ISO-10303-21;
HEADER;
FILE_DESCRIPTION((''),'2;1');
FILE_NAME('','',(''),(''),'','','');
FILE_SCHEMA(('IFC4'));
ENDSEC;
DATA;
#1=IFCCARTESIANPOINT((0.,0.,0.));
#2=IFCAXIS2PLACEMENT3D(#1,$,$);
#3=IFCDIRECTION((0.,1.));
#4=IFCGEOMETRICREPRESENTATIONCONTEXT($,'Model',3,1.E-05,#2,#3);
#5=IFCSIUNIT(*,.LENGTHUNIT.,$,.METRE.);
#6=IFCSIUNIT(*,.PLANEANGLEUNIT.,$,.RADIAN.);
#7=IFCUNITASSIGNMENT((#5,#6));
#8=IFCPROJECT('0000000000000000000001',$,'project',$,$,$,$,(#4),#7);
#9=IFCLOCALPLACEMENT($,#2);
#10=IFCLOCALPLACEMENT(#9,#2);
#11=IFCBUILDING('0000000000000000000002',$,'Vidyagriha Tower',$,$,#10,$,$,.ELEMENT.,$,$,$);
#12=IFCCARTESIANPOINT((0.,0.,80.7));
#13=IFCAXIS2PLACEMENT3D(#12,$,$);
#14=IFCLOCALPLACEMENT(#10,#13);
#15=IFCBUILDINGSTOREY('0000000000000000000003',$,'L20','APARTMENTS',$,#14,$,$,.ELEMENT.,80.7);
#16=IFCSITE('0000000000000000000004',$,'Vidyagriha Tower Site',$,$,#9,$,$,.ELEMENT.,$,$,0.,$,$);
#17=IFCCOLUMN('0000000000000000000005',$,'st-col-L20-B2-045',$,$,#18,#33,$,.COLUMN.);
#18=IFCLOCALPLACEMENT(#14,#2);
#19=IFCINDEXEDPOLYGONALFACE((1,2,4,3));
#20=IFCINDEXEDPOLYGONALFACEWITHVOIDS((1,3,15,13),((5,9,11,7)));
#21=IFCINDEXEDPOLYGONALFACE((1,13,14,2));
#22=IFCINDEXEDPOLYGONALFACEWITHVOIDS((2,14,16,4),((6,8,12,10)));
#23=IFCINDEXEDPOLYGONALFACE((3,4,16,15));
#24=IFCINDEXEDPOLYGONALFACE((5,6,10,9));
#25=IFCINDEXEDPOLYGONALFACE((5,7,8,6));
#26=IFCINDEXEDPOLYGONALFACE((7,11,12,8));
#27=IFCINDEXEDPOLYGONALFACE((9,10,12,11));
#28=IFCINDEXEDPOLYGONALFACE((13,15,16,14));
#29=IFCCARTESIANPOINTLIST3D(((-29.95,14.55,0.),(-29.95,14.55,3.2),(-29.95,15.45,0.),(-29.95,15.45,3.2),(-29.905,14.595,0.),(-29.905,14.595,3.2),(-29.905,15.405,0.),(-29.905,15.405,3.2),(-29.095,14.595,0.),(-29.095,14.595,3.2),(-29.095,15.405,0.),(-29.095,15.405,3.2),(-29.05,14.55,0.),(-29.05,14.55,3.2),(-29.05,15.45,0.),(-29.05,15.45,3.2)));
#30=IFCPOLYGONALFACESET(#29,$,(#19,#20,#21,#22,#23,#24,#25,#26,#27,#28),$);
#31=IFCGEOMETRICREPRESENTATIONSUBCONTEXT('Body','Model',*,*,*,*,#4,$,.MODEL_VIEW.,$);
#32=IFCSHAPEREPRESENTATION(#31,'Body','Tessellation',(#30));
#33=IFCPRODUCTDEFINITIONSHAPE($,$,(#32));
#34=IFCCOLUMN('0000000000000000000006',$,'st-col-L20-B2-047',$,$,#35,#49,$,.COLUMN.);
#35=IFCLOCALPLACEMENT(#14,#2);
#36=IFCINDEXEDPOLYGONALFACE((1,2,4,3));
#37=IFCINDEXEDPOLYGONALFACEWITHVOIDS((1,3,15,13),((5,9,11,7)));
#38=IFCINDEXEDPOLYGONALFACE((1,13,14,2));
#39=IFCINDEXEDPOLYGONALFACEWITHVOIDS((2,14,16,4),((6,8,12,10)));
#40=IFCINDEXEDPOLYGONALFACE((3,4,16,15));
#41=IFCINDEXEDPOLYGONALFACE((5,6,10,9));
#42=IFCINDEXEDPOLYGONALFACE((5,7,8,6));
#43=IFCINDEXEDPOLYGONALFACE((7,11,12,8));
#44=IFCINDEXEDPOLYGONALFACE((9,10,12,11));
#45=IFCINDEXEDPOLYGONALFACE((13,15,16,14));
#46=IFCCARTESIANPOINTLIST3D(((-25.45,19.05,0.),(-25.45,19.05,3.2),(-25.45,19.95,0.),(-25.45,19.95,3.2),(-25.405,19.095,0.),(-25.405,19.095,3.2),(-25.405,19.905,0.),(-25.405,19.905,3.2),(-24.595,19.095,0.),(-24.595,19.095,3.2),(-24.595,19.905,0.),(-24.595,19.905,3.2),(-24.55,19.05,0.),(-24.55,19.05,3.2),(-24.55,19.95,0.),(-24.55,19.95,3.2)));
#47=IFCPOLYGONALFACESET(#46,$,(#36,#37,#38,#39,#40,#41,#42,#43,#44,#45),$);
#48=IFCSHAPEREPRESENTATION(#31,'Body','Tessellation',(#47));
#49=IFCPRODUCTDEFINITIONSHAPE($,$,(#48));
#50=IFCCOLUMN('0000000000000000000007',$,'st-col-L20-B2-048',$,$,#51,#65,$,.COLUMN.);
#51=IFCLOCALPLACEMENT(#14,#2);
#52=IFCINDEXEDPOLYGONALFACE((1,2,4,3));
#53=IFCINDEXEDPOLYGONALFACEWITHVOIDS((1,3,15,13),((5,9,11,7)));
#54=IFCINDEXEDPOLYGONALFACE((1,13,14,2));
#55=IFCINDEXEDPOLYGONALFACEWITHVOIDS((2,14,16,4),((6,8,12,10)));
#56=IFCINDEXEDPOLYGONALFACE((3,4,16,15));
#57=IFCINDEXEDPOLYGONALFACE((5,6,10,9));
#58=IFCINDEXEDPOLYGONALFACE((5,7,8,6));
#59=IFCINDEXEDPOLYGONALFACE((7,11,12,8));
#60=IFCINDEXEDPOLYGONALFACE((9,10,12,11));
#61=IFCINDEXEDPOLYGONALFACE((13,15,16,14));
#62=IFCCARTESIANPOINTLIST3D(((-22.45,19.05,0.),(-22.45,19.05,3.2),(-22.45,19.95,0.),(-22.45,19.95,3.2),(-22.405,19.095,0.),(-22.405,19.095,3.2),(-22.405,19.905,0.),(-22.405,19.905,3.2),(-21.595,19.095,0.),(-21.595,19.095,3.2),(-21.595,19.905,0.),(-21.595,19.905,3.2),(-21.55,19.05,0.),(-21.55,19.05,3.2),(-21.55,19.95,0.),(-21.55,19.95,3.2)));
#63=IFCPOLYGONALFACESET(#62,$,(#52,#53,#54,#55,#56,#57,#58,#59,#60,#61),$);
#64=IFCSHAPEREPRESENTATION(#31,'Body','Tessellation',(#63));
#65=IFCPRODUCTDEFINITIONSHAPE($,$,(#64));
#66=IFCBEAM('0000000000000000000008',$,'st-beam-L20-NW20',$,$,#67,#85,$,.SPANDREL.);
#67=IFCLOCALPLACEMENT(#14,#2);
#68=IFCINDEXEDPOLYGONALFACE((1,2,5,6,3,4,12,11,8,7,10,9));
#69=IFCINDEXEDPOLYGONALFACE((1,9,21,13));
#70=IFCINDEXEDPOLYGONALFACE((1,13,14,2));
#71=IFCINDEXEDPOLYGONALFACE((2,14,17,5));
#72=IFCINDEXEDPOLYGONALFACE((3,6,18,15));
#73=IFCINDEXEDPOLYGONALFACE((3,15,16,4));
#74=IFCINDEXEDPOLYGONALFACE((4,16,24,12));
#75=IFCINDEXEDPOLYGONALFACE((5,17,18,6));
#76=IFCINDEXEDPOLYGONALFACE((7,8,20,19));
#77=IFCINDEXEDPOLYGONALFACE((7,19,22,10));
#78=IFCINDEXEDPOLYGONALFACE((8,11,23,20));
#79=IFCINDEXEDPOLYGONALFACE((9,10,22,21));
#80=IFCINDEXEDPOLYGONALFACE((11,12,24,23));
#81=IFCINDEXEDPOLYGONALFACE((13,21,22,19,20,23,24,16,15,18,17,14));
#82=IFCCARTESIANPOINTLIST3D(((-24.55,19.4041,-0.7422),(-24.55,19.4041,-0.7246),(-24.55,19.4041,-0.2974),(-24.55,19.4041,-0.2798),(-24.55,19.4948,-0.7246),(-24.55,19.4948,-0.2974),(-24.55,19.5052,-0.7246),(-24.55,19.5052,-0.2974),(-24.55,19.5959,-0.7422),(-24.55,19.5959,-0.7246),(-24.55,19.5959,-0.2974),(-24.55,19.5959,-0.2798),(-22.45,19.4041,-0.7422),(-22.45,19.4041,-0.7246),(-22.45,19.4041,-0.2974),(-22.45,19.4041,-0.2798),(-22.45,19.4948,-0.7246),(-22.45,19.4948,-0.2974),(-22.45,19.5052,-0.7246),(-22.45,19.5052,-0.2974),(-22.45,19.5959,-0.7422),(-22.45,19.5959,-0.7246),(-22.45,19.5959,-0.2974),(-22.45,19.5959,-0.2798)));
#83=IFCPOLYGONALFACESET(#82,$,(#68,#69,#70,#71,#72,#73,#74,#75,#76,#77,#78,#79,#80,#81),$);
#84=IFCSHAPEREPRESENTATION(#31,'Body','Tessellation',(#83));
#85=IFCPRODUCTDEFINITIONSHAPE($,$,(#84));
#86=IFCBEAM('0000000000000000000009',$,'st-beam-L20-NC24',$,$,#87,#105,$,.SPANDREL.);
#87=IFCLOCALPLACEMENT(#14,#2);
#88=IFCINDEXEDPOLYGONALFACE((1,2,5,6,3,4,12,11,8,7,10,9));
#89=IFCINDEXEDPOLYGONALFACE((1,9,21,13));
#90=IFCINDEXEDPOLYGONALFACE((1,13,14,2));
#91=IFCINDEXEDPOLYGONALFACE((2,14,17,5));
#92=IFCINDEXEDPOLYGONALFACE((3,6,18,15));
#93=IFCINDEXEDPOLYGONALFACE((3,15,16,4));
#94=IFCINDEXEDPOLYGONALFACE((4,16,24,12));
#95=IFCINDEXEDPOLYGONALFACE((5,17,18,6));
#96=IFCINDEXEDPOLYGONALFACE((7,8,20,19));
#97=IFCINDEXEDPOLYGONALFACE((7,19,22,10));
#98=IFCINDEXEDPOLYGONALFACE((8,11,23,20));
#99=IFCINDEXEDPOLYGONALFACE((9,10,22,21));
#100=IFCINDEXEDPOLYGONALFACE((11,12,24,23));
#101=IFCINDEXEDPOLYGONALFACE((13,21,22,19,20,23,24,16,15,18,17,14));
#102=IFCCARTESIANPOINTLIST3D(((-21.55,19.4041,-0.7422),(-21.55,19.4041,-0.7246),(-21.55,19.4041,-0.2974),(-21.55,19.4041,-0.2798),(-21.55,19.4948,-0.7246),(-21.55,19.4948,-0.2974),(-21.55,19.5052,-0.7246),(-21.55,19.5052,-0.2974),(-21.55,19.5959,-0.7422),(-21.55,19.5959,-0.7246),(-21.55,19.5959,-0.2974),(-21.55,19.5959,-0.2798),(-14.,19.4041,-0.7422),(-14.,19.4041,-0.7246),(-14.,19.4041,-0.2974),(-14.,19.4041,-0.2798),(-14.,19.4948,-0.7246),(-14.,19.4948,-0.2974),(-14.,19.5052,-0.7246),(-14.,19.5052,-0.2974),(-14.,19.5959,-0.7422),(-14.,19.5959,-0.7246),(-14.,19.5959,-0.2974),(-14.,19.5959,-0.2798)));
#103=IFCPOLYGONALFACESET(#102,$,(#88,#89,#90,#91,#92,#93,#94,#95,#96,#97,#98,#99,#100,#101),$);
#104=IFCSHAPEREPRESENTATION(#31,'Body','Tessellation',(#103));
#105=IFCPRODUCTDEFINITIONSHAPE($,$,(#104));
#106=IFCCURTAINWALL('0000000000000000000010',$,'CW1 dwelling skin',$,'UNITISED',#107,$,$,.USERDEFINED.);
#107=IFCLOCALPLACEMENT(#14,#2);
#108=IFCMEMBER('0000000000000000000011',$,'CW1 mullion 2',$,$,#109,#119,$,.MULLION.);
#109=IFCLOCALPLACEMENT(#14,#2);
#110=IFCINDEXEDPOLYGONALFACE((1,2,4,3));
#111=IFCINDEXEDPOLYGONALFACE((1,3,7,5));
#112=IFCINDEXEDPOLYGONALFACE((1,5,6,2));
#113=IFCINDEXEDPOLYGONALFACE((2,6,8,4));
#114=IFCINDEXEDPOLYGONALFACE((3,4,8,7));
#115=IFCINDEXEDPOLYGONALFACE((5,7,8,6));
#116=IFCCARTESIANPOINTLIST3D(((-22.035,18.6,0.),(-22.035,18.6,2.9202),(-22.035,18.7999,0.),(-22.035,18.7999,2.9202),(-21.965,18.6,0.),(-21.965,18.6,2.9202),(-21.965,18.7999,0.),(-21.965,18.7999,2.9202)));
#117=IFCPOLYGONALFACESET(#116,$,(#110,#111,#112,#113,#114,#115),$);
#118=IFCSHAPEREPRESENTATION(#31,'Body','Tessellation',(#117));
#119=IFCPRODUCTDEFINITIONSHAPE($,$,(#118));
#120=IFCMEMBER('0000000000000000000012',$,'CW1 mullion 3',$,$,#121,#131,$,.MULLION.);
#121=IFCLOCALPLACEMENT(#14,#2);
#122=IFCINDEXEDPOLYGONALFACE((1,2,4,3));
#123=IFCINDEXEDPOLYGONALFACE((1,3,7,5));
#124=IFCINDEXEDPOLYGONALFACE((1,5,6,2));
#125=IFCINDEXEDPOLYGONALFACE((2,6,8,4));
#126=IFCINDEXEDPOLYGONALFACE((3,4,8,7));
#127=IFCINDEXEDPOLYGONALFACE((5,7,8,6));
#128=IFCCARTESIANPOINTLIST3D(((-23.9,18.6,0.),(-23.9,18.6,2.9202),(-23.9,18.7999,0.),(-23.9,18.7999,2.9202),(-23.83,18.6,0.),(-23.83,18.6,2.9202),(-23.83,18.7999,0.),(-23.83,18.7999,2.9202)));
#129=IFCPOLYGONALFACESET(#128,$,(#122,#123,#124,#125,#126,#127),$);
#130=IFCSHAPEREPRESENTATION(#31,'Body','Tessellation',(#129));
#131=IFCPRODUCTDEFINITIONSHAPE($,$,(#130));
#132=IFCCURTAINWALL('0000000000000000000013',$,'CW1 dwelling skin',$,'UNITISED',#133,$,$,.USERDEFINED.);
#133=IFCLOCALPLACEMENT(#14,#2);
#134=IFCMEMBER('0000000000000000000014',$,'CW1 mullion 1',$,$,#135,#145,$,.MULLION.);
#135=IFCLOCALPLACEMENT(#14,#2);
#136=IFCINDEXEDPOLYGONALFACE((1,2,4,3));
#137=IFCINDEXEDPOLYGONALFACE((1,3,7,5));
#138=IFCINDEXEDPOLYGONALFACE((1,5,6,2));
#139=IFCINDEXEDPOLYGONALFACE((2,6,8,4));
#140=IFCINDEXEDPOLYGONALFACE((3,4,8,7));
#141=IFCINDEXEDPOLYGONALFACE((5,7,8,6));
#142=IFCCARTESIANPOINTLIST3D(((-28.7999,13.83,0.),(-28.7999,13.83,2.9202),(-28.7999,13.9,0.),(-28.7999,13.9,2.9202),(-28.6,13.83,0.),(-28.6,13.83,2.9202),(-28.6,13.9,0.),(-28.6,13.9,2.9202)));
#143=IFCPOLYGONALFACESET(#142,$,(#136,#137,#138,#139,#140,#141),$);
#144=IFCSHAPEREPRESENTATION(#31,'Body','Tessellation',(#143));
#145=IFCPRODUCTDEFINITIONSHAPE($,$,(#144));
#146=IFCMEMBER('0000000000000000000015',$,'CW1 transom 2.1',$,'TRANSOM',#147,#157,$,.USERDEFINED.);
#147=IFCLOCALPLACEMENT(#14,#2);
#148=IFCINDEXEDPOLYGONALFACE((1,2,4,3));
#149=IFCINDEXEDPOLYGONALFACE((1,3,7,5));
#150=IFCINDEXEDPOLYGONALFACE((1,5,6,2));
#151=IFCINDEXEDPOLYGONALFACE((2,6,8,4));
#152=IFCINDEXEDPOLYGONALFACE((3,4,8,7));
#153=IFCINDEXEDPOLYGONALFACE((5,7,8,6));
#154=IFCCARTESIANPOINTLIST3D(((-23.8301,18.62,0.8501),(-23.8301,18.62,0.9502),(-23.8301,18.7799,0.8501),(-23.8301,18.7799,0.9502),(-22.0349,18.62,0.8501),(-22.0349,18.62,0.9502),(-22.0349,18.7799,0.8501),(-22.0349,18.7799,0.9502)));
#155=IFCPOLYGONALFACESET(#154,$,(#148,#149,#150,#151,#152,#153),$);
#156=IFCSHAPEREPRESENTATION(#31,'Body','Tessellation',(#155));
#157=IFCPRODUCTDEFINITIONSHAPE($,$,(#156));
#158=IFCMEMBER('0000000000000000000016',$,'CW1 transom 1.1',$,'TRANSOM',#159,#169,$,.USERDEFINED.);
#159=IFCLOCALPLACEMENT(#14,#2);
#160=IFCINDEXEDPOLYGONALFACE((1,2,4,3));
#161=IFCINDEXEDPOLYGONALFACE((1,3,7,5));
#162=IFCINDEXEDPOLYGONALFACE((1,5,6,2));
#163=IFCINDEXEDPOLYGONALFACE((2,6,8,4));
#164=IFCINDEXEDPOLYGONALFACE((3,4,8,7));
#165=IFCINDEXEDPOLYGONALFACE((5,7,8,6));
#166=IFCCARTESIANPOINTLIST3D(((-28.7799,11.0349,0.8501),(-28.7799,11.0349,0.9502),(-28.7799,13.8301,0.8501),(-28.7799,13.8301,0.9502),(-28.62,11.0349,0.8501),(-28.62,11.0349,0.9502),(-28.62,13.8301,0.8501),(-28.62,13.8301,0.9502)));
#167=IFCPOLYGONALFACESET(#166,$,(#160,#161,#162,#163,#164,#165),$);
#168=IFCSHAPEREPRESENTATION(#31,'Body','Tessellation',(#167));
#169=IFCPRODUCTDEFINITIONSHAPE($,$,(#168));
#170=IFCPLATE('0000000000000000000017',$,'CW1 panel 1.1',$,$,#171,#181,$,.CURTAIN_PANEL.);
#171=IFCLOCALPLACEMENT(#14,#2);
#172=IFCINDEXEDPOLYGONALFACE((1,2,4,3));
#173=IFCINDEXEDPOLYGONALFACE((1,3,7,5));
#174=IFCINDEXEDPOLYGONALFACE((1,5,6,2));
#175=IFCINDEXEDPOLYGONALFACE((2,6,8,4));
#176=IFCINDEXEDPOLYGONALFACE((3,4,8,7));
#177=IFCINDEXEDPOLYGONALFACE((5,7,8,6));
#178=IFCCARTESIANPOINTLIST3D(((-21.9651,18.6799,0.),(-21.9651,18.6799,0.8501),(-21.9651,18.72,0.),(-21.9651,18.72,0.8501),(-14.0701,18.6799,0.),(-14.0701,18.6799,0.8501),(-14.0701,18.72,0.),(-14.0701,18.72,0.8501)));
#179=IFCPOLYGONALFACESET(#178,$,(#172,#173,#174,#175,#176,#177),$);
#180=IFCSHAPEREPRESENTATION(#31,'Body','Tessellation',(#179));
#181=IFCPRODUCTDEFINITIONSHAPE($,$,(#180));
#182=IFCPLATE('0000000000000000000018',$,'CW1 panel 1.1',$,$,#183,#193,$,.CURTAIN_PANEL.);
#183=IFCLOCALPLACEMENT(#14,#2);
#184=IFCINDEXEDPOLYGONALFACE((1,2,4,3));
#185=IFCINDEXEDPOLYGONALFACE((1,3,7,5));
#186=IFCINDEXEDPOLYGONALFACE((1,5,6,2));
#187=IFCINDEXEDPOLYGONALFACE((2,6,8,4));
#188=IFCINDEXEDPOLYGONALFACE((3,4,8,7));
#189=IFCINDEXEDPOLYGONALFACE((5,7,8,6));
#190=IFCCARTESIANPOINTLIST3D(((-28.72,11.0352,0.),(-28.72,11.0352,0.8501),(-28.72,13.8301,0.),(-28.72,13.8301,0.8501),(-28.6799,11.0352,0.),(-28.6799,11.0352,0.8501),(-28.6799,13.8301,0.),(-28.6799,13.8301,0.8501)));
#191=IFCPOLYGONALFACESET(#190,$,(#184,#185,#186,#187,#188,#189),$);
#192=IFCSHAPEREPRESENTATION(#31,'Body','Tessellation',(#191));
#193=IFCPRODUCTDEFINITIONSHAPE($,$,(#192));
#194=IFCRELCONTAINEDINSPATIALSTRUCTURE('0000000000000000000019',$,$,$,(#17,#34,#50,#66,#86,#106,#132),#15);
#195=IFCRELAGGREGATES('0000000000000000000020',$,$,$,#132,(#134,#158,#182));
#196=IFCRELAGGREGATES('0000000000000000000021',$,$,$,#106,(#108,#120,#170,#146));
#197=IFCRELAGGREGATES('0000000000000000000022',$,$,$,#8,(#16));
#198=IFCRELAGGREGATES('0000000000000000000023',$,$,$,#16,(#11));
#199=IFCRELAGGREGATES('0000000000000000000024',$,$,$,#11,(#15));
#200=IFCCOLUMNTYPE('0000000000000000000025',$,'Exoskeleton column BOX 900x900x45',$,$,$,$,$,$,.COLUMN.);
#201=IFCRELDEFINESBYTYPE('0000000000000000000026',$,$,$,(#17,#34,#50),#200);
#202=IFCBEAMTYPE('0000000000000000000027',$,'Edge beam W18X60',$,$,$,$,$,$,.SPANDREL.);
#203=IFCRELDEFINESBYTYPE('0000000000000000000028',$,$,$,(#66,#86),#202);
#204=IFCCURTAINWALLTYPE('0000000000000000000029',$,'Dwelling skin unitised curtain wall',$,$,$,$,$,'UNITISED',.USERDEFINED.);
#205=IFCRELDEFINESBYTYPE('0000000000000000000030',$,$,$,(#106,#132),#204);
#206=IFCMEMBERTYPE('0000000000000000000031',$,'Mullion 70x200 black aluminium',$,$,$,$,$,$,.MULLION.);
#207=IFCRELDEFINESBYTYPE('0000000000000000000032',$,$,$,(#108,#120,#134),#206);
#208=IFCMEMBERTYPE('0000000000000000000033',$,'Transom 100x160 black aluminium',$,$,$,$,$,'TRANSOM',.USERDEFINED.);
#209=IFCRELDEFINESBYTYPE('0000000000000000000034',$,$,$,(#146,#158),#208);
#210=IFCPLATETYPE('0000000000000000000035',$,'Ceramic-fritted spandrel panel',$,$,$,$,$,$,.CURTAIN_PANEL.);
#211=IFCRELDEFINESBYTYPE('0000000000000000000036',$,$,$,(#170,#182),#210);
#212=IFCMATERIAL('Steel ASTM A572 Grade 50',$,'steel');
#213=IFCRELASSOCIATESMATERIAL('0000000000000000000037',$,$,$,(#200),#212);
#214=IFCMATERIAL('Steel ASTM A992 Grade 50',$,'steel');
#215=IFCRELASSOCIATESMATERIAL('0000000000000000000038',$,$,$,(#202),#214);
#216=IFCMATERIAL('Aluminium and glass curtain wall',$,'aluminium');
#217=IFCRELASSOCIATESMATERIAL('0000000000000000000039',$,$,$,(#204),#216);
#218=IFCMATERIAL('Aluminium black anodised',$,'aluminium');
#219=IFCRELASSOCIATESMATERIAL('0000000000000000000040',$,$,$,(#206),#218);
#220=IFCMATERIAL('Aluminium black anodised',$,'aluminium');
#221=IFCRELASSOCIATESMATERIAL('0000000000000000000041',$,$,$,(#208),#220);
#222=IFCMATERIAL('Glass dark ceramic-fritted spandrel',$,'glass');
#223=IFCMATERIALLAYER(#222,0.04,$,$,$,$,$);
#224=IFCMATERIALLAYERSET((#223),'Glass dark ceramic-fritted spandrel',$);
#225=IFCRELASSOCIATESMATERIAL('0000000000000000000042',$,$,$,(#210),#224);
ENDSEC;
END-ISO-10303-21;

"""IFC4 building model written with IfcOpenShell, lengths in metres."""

from ifc_helpers import new_model, si_unit, direction, frame, origin, origin_2d, place, context, subcontext, project, spatial, rectangle, hollow_rectangle, i_section, extrude, material, layer, layer_set, material_profile, profile_set, type_object, element, aggregate, save


model = new_model("IFC4")

# Units and contexts
model_context = context("Model", 3, precision=1e-05, world=origin(), true_north=direction((0.0, 1.0)))
body_context = subcontext(model_context, "Body", "Model", "MODEL_VIEW")
ifc_project = project(units=[si_unit("LENGTHUNIT", "METRE"), si_unit("PLANEANGLEUNIT", "RADIAN")], contexts=[model_context])

# Site, building, storey
site_placement = place(None, origin())
site = spatial("IfcSite", under=ifc_project, at=site_placement, Name="Vidyagriha Tower Site", CompositionType="ELEMENT", RefElevation=0.0)
building_placement = place(site_placement, origin())
building = spatial("IfcBuilding", under=site, at=building_placement, Name="Vidyagriha Tower", CompositionType="ELEMENT")
storey_placement = place(building_placement, frame((0.0, 0.0, 80.7)))
storey = spatial("IfcBuildingStorey", under=building, at=storey_placement, Name="L20", Description="APARTMENTS", CompositionType="ELEMENT", Elevation=80.7)

# Columns
ifc_material_1 = material(Name="Steel ASTM A572 Grade 50", Category="steel")
ifc_material_profile_1 = material_profile(ifc_material_1, hollow_rectangle(XDim=0.8999, YDim=0.8999, WallThickness=0.0449, at=origin_2d()), Name="BOX 900x900x45")
ifc_profile_set_1 = profile_set([ifc_material_profile_1], Name="Steel ASTM A572 Grade 50")
column_type = type_object("IfcColumnType", Name="Exoskeleton column BOX 900x900x45", PredefinedType="COLUMN", material=ifc_profile_set_1)
for number, where, name in (
    (1, (-29.5, 15.0, 0.0), "st-col-L20-B2-045"),
    (2, (-25.0, 19.5, 0.0), "st-col-L20-B2-047"),
    (3, (-22.0, 19.5, 0.0), "st-col-L20-B2-048"),
):
    element("IfcColumn", number, at=place(storey_placement, frame(where)), inside=storey, type_object=column_type, Name=name, PredefinedType="COLUMN", context=body_context, shape_type="SweptSolid", body=[
        extrude(hollow_rectangle(XDim=0.8999, YDim=0.8999, WallThickness=0.0449, at=origin_2d()), origin(), (0.0, 0.0, 1.0), 3.2),
    ])

# Beams
ifc_material_2 = material(Name="Steel ASTM A992 Grade 50", Category="steel")
ifc_material_profile_2 = material_profile(ifc_material_2, i_section(OverallWidth=0.1919, OverallDepth=0.4624, WebThickness=0.0105, FlangeThickness=0.0176, at=origin_2d()), Name="W18X60")
ifc_profile_set_2 = profile_set([ifc_material_profile_2], Name="Steel ASTM A992 Grade 50")
beam_type = type_object("IfcBeamType", Name="Edge beam W18X60", PredefinedType="SPANDREL", material=ifc_profile_set_2)
beam_1_placement = place(storey_placement, frame((-24.55, 19.5, -0.511), z_axis=(1.0, 0.0, 0.0), x_axis=(0.0, 1.0, 0.0)))
element("IfcBeam", 4, at=beam_1_placement, inside=storey, type_object=beam_type, Name="st-beam-L20-NW20", PredefinedType="SPANDREL", context=body_context, shape_type="SweptSolid", body=[
    extrude(i_section(OverallWidth=0.1919, OverallDepth=0.4624, WebThickness=0.0105, FlangeThickness=0.0176, at=origin_2d()), origin(), (0.0, 0.0, 1.0), 2.1001),
])
beam_2_placement = place(storey_placement, frame((-21.55, 19.5, -0.511), z_axis=(1.0, 0.0, 0.0), x_axis=(0.0, 1.0, 0.0)))
element("IfcBeam", 5, at=beam_2_placement, inside=storey, type_object=beam_type, Name="st-beam-L20-NC24", PredefinedType="SPANDREL", context=body_context, shape_type="SweptSolid", body=[
    extrude(i_section(OverallWidth=0.1919, OverallDepth=0.4624, WebThickness=0.0105, FlangeThickness=0.0176, at=origin_2d()), origin(), (0.0, 0.0, 1.0), 7.55),
])

# Curtain wall, members
ifc_material_3 = material(Name="Aluminium and glass curtain wall", Category="aluminium")
curtain_wall_type = type_object("IfcCurtainWallType", Name="Dwelling skin unitised curtain wall", ElementType="UNITISED", PredefinedType="USERDEFINED", material=ifc_material_3)
curtain_wall_1_placement = place(storey_placement, origin())
curtain_wall_1 = element("IfcCurtainWall", 6, at=curtain_wall_1_placement, inside=storey, type_object=curtain_wall_type, Name="CW1 dwelling skin", ObjectType="UNITISED", PredefinedType="USERDEFINED")
ifc_material_4 = material(Name="Aluminium black anodised", Category="aluminium")
ifc_material_profile_3 = material_profile(ifc_material_4, rectangle(XDim=0.2, YDim=0.0701, at=origin_2d()), Name="Mullion 70x200 black aluminium")
ifc_profile_set_3 = profile_set([ifc_material_profile_3], Name="Aluminium black anodised")
member_type_1 = type_object("IfcMemberType", Name="Mullion 70x200 black aluminium", PredefinedType="MULLION", material=ifc_profile_set_3)
member_1_placement = place(storey_placement, frame((-22.0, 18.7, 0.0), z_axis=(0.0, 0.0, 1.0), x_axis=(0.0, -1.0, 0.0)))
member_1 = element("IfcMember", 7, at=member_1_placement, type_object=member_type_1, Name="CW1 mullion 2", PredefinedType="MULLION", context=body_context, shape_type="SweptSolid", body=[
    extrude(rectangle(XDim=0.2, YDim=0.0701, at=origin_2d()), origin(), (0.0, 0.0, 1.0), 2.9202),
])
member_2_placement = place(storey_placement, frame((-23.865, 18.7, 0.0), z_axis=(0.0, 0.0, 1.0), x_axis=(0.0, -1.0, 0.0)))
member_2 = element("IfcMember", 8, at=member_2_placement, type_object=member_type_1, Name="CW1 mullion 3", PredefinedType="MULLION", context=body_context, shape_type="SweptSolid", body=[
    extrude(rectangle(XDim=0.2, YDim=0.0701, at=origin_2d()), origin(), (0.0, 0.0, 1.0), 2.9202),
])

# Curtain wall, member
curtain_wall_2_placement = place(storey_placement, origin())
curtain_wall_2 = element("IfcCurtainWall", 9, at=curtain_wall_2_placement, inside=storey, type_object=curtain_wall_type, Name="CW1 dwelling skin", ObjectType="UNITISED", PredefinedType="USERDEFINED")
member_3_placement = place(storey_placement, frame((-28.7, 13.865, 0.0)))
member_3 = element("IfcMember", 10, at=member_3_placement, type_object=member_type_1, Name="CW1 mullion 1", PredefinedType="MULLION", context=body_context, shape_type="SweptSolid", body=[
    extrude(rectangle(XDim=0.2, YDim=0.0701, at=origin_2d()), origin(), (0.0, 0.0, 1.0), 2.9202),
])

# Members
ifc_material_5 = material(Name="Aluminium black anodised", Category="aluminium")
ifc_material_profile_4 = material_profile(ifc_material_5, rectangle(XDim=0.1599, YDim=0.1001, at=origin_2d()), Name="Transom 100x160 black aluminium")
ifc_profile_set_4 = profile_set([ifc_material_profile_4], Name="Aluminium black anodised")
member_type_2 = type_object("IfcMemberType", Name="Transom 100x160 black aluminium", ElementType="TRANSOM", PredefinedType="USERDEFINED", material=ifc_profile_set_4)
member_4_placement = place(storey_placement, frame((-22.0349, 18.7, 0.9001), z_axis=(-1.0, 0.0, 0.0), x_axis=(0.0, -1.0, 0.0)))
member_4 = element("IfcMember", 11, at=member_4_placement, type_object=member_type_2, Name="CW1 transom 2.1", ObjectType="TRANSOM", PredefinedType="USERDEFINED", context=body_context, shape_type="SweptSolid", body=[
    extrude(rectangle(XDim=0.1599, YDim=0.1001, at=origin_2d()), origin(), (0.0, 0.0, 1.0), 1.7952),
])
member_5_placement = place(storey_placement, frame((-28.7, 13.8301, 0.9001), z_axis=(0.0, -1.0, 0.0), x_axis=(1.0, 0.0, 0.0)))
member_5 = element("IfcMember", 12, at=member_5_placement, type_object=member_type_2, Name="CW1 transom 1.1", ObjectType="TRANSOM", PredefinedType="USERDEFINED", context=body_context, shape_type="SweptSolid", body=[
    extrude(rectangle(XDim=0.1599, YDim=0.1001, at=origin_2d()), origin(), (0.0, 0.0, 1.0), 2.7952),
])

# Plates
ifc_material_6 = material(Name="Glass dark ceramic-fritted spandrel", Category="glass")
ifc_layer_1 = layer(ifc_material_6, 0.04)
ifc_layer_set_1 = layer_set([ifc_layer_1], Name="Glass dark ceramic-fritted spandrel")
plate_type_1 = type_object("IfcPlateType", Name="Ceramic-fritted spandrel panel", PredefinedType="CURTAIN_PANEL", material=ifc_layer_set_1)
plate_1_placement = place(storey_placement, frame((-18.0176, 18.7, 0.0), z_axis=(0.0, 0.0, 1.0), x_axis=(-1.0, 0.0, 0.0)))
plate_1 = element("IfcPlate", 13, at=plate_1_placement, type_object=plate_type_1, Name="CW1 panel 1.1", PredefinedType="CURTAIN_PANEL", context=body_context, shape_type="SweptSolid", body=[
    extrude(rectangle(XDim=7.895, YDim=0.04, at=origin_2d()), origin(), (0.0, 0.0, 1.0), 0.8501),
])
plate_2_placement = place(storey_placement, frame((-28.7, 12.4326, 0.0), z_axis=(0.0, 0.0, 1.0), x_axis=(0.0, -1.0, 0.0)))
plate_2 = element("IfcPlate", 14, at=plate_2_placement, type_object=plate_type_1, Name="CW1 panel 1.1", PredefinedType="CURTAIN_PANEL", context=body_context, shape_type="SweptSolid", body=[
    extrude(rectangle(XDim=2.7949, YDim=0.04, at=origin_2d()), origin(), (0.0, 0.0, 1.0), 0.8501),
])
aggregate(curtain_wall_2, [member_3, member_5, plate_2])
aggregate(curtain_wall_1, [member_1, member_2, plate_1, member_4])

save(model, "model.ifc")
